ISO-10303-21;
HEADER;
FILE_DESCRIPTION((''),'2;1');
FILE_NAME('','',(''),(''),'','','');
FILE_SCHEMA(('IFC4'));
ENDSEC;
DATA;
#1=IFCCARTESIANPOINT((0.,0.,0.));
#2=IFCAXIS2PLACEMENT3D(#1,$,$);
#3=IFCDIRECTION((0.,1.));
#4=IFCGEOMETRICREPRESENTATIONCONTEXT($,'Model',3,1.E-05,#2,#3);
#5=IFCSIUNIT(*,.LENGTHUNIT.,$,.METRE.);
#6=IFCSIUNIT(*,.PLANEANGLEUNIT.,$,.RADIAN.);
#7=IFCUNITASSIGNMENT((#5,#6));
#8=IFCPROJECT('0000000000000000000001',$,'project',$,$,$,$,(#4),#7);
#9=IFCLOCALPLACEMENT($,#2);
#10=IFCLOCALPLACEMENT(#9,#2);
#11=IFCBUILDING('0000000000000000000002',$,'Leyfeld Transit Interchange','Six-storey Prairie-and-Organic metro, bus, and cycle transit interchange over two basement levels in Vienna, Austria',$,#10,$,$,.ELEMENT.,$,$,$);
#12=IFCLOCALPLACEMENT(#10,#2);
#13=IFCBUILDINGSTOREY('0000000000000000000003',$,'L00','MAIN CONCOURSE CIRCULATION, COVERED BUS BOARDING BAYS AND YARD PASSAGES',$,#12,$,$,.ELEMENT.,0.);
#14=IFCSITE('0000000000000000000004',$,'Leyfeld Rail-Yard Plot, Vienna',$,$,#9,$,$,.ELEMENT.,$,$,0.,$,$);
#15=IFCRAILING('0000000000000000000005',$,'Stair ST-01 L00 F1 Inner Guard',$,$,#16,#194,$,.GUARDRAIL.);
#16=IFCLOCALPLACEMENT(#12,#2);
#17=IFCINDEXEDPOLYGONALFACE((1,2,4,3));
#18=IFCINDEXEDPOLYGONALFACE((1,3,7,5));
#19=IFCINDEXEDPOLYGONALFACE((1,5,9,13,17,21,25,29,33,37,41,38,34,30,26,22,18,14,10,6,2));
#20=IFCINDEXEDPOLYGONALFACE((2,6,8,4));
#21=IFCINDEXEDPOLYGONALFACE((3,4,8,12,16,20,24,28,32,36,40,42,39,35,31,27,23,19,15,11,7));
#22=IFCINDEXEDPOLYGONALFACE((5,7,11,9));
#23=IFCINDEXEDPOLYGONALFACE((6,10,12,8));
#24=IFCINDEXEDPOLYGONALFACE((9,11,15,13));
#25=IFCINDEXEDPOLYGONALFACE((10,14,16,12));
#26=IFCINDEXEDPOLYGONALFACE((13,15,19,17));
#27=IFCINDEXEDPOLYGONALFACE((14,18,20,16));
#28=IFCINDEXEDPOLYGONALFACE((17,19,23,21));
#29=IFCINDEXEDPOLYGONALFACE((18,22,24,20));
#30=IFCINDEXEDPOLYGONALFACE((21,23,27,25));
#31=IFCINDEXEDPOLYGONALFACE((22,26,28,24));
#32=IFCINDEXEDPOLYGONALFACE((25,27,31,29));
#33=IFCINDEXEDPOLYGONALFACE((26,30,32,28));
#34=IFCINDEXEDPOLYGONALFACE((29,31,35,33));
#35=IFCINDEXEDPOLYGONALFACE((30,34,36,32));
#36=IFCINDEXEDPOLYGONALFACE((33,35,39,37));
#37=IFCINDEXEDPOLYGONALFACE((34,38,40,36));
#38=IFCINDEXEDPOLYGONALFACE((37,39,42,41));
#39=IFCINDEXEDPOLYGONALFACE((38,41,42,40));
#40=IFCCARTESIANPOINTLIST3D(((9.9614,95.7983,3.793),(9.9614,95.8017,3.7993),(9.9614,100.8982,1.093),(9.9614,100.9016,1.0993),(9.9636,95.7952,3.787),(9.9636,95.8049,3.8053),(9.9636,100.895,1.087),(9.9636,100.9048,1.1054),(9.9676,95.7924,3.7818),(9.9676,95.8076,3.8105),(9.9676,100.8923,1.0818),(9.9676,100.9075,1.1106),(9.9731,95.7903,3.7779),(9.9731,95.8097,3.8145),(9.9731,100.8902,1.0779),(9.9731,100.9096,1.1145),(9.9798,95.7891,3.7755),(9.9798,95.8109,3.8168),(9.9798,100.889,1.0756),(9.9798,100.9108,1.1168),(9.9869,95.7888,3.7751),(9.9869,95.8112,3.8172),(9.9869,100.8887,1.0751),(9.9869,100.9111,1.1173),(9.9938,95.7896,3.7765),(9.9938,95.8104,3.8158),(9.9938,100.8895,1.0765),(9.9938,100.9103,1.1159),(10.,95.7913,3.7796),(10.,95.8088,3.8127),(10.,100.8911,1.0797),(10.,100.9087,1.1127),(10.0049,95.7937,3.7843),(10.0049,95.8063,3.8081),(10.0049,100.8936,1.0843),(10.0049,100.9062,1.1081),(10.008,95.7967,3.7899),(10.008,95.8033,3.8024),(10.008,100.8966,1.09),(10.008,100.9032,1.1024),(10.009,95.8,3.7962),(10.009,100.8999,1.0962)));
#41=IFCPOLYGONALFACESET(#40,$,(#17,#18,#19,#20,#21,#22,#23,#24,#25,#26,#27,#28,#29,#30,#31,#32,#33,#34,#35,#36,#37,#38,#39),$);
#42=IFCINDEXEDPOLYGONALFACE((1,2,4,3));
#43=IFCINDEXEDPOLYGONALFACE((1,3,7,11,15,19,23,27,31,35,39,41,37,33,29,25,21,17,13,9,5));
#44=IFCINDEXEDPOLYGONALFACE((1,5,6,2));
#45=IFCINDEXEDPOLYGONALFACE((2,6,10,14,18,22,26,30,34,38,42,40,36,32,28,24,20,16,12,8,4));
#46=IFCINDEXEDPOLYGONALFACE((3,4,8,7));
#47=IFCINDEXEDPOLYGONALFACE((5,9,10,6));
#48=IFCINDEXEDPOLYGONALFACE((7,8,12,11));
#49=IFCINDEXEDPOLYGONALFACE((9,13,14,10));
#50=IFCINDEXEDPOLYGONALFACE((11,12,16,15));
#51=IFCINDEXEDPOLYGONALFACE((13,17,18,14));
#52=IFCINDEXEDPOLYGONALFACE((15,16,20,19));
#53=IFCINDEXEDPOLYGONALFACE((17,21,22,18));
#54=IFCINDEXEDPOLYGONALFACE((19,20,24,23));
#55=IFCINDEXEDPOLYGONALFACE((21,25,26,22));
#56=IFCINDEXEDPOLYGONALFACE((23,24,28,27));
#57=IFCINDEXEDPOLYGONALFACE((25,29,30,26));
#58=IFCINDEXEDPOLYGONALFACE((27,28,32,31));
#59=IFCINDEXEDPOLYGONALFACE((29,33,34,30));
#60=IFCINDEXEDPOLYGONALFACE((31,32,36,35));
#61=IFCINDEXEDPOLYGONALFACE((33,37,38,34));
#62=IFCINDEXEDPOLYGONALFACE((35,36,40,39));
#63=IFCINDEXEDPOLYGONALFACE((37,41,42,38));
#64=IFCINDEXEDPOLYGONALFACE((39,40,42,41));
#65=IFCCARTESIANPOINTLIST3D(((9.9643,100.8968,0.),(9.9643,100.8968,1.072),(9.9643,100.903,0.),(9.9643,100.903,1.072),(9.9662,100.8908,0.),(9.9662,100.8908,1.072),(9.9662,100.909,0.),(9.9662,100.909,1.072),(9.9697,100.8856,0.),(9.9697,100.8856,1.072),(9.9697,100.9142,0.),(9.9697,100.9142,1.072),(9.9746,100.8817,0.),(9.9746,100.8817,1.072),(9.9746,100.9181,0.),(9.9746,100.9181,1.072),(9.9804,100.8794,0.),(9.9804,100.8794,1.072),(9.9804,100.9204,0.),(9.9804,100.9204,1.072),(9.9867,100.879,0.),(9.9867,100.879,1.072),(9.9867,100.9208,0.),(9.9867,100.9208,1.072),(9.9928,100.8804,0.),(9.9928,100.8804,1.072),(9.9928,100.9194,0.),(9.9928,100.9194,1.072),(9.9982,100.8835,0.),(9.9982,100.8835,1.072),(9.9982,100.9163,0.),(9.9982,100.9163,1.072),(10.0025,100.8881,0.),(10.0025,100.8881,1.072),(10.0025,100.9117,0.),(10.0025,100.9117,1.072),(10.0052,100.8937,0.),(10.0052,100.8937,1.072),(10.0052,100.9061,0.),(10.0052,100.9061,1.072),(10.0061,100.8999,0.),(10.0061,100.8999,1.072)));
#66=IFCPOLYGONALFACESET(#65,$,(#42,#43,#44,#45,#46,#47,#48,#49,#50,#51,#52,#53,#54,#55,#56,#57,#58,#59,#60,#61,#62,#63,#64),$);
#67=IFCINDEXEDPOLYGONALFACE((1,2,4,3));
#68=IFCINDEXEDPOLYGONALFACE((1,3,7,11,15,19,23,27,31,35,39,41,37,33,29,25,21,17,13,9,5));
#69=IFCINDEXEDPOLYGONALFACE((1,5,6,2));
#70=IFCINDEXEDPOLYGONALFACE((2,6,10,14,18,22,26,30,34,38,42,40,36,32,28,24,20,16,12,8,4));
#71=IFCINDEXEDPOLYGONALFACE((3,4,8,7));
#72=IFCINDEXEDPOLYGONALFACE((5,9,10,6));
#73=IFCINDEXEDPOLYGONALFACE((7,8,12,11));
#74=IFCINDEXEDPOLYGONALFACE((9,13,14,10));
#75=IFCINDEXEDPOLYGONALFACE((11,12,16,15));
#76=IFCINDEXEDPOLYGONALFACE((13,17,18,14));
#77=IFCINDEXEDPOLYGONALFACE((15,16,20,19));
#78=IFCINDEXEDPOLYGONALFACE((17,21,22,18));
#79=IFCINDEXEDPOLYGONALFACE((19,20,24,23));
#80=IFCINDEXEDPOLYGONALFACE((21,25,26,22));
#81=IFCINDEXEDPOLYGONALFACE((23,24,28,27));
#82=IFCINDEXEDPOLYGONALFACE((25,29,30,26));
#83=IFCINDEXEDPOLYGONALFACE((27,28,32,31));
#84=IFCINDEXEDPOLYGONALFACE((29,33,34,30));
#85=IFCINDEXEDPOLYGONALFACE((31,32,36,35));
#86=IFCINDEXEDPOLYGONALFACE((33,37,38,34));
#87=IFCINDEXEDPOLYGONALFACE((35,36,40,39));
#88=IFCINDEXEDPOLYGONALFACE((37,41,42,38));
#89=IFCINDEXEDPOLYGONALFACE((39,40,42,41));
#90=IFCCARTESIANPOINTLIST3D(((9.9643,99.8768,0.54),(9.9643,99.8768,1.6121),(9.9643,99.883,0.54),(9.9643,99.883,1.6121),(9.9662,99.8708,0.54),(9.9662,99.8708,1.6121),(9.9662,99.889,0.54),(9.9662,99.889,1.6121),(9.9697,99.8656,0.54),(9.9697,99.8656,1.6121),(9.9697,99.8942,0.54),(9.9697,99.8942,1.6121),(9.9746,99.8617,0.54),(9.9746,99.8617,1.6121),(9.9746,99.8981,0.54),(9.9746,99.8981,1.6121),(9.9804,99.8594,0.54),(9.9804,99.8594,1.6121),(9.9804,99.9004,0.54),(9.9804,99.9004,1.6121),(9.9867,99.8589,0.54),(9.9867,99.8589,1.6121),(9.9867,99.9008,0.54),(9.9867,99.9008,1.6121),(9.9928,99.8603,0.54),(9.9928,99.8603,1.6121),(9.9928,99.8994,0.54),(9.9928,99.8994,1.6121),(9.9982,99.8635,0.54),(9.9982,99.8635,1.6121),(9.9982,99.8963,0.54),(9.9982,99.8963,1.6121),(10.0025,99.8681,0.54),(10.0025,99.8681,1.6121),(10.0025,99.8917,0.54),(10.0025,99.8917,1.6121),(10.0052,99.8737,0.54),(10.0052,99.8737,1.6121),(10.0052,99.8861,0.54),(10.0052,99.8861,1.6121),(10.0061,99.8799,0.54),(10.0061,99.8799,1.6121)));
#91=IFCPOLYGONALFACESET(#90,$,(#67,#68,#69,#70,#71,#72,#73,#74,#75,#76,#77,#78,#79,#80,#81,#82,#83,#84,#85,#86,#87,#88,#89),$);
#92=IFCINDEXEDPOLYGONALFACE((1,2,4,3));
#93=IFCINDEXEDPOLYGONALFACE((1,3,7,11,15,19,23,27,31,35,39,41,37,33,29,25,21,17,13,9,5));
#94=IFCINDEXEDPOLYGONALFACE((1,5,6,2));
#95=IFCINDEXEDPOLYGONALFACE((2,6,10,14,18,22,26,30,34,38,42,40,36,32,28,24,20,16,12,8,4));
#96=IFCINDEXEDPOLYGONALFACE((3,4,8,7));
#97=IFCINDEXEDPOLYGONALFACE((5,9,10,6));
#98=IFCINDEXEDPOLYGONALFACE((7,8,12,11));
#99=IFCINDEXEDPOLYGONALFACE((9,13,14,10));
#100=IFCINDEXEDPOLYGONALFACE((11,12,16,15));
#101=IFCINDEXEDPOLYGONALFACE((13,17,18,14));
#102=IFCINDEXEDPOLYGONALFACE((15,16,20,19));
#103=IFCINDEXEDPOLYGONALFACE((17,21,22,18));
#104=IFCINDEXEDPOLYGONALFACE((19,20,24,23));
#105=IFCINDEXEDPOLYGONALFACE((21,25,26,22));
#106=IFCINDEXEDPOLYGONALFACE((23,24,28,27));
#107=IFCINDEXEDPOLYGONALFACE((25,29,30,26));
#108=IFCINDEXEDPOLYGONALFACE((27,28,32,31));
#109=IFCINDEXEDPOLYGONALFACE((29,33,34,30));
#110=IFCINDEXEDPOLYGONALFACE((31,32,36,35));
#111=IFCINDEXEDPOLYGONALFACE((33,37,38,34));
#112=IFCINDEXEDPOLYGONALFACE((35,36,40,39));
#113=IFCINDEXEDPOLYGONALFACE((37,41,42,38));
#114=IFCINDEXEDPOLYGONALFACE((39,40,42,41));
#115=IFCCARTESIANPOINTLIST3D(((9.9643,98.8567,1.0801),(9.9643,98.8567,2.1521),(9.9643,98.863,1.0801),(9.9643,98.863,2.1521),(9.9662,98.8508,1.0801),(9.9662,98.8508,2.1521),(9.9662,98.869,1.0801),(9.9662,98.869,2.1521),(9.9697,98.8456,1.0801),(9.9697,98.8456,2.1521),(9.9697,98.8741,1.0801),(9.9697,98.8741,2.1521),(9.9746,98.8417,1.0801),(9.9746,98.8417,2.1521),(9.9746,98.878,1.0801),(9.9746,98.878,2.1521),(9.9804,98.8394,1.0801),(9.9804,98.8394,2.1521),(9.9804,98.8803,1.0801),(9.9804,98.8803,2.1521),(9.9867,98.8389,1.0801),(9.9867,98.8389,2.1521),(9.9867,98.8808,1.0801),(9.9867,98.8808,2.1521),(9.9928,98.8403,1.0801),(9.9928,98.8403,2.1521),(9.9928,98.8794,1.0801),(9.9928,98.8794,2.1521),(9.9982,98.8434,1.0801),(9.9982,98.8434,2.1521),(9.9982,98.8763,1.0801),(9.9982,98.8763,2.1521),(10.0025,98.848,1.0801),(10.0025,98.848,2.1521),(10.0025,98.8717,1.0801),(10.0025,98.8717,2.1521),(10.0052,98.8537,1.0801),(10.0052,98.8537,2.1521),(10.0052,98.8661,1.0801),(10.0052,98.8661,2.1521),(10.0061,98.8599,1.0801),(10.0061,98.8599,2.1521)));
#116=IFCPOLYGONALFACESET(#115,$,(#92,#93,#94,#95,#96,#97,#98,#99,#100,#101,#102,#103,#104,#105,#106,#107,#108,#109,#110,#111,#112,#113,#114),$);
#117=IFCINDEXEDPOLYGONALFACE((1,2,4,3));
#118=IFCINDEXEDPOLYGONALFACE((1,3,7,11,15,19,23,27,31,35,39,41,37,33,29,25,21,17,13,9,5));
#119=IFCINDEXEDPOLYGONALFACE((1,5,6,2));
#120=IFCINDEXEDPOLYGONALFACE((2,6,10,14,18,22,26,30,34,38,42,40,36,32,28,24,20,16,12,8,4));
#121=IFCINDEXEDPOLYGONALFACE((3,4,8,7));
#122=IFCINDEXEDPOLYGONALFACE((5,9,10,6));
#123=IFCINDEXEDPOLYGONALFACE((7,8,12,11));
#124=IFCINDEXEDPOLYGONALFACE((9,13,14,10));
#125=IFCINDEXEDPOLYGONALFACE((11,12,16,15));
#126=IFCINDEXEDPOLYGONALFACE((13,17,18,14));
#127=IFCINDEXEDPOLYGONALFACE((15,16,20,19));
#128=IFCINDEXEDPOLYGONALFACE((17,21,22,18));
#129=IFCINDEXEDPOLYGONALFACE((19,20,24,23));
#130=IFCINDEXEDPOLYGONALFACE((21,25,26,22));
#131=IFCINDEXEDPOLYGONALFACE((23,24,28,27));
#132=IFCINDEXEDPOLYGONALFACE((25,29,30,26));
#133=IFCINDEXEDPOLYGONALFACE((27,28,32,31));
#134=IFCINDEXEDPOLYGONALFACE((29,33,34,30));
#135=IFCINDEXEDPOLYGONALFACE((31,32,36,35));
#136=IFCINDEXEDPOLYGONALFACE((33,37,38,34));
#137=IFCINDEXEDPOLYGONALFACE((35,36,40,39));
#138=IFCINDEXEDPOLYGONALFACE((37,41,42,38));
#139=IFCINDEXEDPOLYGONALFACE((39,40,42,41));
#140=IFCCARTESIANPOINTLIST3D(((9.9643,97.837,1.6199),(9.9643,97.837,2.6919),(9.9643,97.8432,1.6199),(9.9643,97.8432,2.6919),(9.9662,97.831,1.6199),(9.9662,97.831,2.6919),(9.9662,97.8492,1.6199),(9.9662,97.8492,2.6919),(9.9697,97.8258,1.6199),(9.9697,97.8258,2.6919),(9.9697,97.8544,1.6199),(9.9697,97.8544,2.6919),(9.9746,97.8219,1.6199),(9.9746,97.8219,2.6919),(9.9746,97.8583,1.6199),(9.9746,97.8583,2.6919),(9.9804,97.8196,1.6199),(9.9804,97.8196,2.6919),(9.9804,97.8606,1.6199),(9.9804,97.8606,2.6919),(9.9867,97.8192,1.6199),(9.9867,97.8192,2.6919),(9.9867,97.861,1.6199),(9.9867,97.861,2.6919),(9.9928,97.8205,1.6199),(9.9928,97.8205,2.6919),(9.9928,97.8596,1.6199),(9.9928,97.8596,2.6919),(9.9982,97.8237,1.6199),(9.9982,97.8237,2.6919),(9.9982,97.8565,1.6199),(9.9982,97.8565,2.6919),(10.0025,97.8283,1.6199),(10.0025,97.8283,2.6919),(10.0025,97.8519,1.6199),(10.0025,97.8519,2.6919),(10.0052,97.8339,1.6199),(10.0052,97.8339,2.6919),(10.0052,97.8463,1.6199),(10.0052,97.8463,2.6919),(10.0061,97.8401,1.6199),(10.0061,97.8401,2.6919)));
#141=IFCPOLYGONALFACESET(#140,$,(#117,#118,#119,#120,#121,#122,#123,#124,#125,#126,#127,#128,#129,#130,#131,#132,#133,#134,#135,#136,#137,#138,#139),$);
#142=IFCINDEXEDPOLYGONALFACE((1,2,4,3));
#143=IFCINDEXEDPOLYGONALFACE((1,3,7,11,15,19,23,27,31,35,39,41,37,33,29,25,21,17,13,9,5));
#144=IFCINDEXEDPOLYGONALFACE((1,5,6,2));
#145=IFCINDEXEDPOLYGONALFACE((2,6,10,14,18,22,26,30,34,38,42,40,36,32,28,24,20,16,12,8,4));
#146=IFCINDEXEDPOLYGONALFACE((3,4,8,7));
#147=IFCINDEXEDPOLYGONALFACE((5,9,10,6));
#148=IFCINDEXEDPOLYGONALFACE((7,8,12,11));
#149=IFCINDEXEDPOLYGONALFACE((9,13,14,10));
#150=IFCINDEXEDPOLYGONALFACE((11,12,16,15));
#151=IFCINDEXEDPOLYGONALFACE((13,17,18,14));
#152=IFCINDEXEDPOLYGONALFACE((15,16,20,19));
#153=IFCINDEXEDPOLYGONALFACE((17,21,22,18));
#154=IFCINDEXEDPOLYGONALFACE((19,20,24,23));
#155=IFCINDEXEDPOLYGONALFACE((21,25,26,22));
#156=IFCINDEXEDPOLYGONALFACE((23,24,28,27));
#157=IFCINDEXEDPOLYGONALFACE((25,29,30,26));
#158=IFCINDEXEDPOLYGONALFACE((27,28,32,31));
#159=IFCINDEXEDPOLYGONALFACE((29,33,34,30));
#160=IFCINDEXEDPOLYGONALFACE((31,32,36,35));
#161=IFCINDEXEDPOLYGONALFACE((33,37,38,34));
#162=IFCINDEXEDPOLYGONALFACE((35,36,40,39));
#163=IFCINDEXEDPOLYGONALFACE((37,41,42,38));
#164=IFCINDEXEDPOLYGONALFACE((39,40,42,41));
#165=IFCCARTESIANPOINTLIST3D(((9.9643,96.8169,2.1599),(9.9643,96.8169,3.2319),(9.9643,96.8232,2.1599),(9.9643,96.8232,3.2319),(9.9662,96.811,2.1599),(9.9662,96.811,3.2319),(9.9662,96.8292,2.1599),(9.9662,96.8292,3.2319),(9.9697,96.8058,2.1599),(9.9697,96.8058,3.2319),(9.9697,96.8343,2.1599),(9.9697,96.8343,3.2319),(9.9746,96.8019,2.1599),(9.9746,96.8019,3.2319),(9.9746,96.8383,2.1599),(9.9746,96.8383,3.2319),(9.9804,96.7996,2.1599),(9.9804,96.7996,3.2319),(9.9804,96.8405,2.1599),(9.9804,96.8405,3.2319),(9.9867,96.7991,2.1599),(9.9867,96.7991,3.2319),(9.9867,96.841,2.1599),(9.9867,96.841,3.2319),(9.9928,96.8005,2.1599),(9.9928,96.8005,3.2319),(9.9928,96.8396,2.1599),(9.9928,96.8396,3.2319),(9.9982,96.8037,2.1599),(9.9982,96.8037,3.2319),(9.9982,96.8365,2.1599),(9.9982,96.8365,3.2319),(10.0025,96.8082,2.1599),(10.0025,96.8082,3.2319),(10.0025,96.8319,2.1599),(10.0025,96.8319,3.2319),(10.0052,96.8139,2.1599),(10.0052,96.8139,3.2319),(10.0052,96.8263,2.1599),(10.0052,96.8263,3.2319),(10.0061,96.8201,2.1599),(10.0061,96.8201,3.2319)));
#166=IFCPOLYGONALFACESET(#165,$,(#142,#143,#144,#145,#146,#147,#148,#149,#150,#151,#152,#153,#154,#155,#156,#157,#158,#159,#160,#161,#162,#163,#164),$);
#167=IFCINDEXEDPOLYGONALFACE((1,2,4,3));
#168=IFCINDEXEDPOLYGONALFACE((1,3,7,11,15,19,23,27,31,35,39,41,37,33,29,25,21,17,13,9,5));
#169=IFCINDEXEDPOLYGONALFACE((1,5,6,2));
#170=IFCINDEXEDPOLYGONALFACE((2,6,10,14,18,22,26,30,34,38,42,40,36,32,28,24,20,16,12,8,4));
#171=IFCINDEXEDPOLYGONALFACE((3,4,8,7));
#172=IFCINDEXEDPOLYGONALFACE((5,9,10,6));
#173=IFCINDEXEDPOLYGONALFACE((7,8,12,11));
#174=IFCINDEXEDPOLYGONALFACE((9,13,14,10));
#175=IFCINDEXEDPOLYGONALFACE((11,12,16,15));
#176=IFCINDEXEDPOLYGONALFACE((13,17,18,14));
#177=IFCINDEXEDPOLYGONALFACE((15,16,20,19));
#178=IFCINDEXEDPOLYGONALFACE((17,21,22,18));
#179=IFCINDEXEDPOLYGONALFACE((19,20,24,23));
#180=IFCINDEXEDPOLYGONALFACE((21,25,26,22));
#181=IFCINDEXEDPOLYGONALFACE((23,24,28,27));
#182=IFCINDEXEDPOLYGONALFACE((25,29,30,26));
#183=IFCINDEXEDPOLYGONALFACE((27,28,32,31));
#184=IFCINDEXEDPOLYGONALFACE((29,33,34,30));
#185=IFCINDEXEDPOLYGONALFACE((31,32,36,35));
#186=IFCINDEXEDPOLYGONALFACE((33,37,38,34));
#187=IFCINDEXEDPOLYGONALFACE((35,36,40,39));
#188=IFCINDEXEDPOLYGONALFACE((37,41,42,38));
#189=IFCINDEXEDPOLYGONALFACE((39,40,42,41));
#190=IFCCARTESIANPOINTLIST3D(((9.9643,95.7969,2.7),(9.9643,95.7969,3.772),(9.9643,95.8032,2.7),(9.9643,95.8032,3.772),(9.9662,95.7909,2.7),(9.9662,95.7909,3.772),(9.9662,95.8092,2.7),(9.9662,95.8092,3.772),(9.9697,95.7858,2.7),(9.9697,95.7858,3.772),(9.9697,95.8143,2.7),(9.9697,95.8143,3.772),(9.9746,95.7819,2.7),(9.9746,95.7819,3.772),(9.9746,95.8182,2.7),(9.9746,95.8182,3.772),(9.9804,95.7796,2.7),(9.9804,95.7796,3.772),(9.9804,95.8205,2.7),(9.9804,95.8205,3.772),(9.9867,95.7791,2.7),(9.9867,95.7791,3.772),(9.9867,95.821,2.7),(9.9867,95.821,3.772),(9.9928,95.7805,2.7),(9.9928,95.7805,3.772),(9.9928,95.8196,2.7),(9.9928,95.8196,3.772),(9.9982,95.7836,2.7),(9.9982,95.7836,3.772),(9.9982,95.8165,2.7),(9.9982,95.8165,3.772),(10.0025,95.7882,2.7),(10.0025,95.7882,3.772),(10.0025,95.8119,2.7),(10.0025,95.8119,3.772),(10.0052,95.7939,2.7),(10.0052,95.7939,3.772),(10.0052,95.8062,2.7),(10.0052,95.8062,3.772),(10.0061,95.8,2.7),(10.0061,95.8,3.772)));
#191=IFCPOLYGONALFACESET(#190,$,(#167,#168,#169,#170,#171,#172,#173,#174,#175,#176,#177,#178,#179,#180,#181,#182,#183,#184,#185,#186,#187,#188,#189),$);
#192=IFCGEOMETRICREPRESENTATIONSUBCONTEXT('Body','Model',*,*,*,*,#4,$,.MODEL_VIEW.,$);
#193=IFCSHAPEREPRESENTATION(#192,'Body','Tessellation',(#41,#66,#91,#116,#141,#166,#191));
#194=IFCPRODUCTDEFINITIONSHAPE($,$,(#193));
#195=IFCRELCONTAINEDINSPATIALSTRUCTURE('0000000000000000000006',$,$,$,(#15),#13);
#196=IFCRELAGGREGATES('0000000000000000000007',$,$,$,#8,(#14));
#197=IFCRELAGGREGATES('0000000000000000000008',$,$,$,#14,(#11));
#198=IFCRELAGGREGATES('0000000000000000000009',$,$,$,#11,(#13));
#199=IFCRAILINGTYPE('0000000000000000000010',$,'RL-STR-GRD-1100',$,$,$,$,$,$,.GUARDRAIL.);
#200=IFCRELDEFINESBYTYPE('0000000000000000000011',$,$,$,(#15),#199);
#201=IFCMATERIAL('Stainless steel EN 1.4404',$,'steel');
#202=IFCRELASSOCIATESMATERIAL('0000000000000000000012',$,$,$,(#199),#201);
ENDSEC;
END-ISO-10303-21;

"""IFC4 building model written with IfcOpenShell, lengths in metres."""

from ifc_helpers import new_model, si_unit, direction, frame, origin, origin_2d, place, context, subcontext, project, spatial, circle, extrude, material, type_object, element, save


model = new_model("IFC4")

# Units and contexts
model_context = context("Model", 3, precision=1e-05, world=origin(), true_north=direction((0.0, 1.0)))
body_context = subcontext(model_context, "Body", "Model", "MODEL_VIEW")
ifc_project = project(units=[si_unit("LENGTHUNIT", "METRE"), si_unit("PLANEANGLEUNIT", "RADIAN")], contexts=[model_context])

# Site, building, storey
site_placement = place(None, origin())
site = spatial("IfcSite", under=ifc_project, at=site_placement, Name="Leyfeld Rail-Yard Plot, Vienna", CompositionType="ELEMENT", RefElevation=0.0)
building_placement = place(site_placement, origin())
building = spatial("IfcBuilding", under=site, at=building_placement, Name="Leyfeld Transit Interchange", Description="Six-storey Prairie-and-Organic metro, bus, and cycle transit interchange over two basement levels in Vienna, Austria", CompositionType="ELEMENT")
storey_placement = place(building_placement, origin())
storey = spatial("IfcBuildingStorey", under=building, at=storey_placement, Name="L00", Description="MAIN CONCOURSE CIRCULATION, COVERED BUS BOARDING BAYS AND YARD PASSAGES", CompositionType="ELEMENT", Elevation=0.0)

# Shared definitions
ifc_material_1 = material(Name="Stainless steel EN 1.4404", Category="steel")

# Railing
railing_type_1 = type_object("IfcRailingType", Name="RL-STR-GRD-1100", PredefinedType="GUARDRAIL", material=ifc_material_1)
for number, where, name in (
    (1, (9.9851, 100.8999, 0.0), "Stair ST-01 L00 F1 Inner Guard"),
):
    element("IfcRailing", number, at=place(storey_placement, frame(where)), inside=storey, type_object=railing_type_1, Name=name, PredefinedType="GUARDRAIL", context=body_context, shape_type="SweptSolid", body=[
        extrude(circle(Radius=0.0239, at=origin_2d()), frame((0.0, 0.0, 1.0962), z_axis=(0.0, -0.883786, 0.467892), x_axis=(1.0, 0.0, 0.0)), (0.0, 0.0, 1.0), 5.7705),
        extrude(circle(Radius=0.021, at=origin_2d()), origin(), (0.0, 0.0, 1.0), 1.072),
        extrude(circle(Radius=0.021, at=origin_2d()), frame((0.0, -1.02, 0.54)), (0.0, 0.0, 1.0), 1.072),
        extrude(circle(Radius=0.021, at=origin_2d()), frame((0.0, -2.04, 1.0801)), (0.0, 0.0, 1.0), 1.072),
        extrude(circle(Radius=0.021, at=origin_2d()), frame((0.0, -3.0598, 1.6199)), (0.0, 0.0, 1.0), 1.072),
        extrude(circle(Radius=0.021, at=origin_2d()), frame((0.0, -4.0798, 2.1599)), (0.0, 0.0, 1.0), 1.072),
        extrude(circle(Radius=0.021, at=origin_2d()), frame((0.0, -5.0999, 2.7)), (0.0, 0.0, 1.0), 1.072),
    ])

save(model, "model.ifc")
